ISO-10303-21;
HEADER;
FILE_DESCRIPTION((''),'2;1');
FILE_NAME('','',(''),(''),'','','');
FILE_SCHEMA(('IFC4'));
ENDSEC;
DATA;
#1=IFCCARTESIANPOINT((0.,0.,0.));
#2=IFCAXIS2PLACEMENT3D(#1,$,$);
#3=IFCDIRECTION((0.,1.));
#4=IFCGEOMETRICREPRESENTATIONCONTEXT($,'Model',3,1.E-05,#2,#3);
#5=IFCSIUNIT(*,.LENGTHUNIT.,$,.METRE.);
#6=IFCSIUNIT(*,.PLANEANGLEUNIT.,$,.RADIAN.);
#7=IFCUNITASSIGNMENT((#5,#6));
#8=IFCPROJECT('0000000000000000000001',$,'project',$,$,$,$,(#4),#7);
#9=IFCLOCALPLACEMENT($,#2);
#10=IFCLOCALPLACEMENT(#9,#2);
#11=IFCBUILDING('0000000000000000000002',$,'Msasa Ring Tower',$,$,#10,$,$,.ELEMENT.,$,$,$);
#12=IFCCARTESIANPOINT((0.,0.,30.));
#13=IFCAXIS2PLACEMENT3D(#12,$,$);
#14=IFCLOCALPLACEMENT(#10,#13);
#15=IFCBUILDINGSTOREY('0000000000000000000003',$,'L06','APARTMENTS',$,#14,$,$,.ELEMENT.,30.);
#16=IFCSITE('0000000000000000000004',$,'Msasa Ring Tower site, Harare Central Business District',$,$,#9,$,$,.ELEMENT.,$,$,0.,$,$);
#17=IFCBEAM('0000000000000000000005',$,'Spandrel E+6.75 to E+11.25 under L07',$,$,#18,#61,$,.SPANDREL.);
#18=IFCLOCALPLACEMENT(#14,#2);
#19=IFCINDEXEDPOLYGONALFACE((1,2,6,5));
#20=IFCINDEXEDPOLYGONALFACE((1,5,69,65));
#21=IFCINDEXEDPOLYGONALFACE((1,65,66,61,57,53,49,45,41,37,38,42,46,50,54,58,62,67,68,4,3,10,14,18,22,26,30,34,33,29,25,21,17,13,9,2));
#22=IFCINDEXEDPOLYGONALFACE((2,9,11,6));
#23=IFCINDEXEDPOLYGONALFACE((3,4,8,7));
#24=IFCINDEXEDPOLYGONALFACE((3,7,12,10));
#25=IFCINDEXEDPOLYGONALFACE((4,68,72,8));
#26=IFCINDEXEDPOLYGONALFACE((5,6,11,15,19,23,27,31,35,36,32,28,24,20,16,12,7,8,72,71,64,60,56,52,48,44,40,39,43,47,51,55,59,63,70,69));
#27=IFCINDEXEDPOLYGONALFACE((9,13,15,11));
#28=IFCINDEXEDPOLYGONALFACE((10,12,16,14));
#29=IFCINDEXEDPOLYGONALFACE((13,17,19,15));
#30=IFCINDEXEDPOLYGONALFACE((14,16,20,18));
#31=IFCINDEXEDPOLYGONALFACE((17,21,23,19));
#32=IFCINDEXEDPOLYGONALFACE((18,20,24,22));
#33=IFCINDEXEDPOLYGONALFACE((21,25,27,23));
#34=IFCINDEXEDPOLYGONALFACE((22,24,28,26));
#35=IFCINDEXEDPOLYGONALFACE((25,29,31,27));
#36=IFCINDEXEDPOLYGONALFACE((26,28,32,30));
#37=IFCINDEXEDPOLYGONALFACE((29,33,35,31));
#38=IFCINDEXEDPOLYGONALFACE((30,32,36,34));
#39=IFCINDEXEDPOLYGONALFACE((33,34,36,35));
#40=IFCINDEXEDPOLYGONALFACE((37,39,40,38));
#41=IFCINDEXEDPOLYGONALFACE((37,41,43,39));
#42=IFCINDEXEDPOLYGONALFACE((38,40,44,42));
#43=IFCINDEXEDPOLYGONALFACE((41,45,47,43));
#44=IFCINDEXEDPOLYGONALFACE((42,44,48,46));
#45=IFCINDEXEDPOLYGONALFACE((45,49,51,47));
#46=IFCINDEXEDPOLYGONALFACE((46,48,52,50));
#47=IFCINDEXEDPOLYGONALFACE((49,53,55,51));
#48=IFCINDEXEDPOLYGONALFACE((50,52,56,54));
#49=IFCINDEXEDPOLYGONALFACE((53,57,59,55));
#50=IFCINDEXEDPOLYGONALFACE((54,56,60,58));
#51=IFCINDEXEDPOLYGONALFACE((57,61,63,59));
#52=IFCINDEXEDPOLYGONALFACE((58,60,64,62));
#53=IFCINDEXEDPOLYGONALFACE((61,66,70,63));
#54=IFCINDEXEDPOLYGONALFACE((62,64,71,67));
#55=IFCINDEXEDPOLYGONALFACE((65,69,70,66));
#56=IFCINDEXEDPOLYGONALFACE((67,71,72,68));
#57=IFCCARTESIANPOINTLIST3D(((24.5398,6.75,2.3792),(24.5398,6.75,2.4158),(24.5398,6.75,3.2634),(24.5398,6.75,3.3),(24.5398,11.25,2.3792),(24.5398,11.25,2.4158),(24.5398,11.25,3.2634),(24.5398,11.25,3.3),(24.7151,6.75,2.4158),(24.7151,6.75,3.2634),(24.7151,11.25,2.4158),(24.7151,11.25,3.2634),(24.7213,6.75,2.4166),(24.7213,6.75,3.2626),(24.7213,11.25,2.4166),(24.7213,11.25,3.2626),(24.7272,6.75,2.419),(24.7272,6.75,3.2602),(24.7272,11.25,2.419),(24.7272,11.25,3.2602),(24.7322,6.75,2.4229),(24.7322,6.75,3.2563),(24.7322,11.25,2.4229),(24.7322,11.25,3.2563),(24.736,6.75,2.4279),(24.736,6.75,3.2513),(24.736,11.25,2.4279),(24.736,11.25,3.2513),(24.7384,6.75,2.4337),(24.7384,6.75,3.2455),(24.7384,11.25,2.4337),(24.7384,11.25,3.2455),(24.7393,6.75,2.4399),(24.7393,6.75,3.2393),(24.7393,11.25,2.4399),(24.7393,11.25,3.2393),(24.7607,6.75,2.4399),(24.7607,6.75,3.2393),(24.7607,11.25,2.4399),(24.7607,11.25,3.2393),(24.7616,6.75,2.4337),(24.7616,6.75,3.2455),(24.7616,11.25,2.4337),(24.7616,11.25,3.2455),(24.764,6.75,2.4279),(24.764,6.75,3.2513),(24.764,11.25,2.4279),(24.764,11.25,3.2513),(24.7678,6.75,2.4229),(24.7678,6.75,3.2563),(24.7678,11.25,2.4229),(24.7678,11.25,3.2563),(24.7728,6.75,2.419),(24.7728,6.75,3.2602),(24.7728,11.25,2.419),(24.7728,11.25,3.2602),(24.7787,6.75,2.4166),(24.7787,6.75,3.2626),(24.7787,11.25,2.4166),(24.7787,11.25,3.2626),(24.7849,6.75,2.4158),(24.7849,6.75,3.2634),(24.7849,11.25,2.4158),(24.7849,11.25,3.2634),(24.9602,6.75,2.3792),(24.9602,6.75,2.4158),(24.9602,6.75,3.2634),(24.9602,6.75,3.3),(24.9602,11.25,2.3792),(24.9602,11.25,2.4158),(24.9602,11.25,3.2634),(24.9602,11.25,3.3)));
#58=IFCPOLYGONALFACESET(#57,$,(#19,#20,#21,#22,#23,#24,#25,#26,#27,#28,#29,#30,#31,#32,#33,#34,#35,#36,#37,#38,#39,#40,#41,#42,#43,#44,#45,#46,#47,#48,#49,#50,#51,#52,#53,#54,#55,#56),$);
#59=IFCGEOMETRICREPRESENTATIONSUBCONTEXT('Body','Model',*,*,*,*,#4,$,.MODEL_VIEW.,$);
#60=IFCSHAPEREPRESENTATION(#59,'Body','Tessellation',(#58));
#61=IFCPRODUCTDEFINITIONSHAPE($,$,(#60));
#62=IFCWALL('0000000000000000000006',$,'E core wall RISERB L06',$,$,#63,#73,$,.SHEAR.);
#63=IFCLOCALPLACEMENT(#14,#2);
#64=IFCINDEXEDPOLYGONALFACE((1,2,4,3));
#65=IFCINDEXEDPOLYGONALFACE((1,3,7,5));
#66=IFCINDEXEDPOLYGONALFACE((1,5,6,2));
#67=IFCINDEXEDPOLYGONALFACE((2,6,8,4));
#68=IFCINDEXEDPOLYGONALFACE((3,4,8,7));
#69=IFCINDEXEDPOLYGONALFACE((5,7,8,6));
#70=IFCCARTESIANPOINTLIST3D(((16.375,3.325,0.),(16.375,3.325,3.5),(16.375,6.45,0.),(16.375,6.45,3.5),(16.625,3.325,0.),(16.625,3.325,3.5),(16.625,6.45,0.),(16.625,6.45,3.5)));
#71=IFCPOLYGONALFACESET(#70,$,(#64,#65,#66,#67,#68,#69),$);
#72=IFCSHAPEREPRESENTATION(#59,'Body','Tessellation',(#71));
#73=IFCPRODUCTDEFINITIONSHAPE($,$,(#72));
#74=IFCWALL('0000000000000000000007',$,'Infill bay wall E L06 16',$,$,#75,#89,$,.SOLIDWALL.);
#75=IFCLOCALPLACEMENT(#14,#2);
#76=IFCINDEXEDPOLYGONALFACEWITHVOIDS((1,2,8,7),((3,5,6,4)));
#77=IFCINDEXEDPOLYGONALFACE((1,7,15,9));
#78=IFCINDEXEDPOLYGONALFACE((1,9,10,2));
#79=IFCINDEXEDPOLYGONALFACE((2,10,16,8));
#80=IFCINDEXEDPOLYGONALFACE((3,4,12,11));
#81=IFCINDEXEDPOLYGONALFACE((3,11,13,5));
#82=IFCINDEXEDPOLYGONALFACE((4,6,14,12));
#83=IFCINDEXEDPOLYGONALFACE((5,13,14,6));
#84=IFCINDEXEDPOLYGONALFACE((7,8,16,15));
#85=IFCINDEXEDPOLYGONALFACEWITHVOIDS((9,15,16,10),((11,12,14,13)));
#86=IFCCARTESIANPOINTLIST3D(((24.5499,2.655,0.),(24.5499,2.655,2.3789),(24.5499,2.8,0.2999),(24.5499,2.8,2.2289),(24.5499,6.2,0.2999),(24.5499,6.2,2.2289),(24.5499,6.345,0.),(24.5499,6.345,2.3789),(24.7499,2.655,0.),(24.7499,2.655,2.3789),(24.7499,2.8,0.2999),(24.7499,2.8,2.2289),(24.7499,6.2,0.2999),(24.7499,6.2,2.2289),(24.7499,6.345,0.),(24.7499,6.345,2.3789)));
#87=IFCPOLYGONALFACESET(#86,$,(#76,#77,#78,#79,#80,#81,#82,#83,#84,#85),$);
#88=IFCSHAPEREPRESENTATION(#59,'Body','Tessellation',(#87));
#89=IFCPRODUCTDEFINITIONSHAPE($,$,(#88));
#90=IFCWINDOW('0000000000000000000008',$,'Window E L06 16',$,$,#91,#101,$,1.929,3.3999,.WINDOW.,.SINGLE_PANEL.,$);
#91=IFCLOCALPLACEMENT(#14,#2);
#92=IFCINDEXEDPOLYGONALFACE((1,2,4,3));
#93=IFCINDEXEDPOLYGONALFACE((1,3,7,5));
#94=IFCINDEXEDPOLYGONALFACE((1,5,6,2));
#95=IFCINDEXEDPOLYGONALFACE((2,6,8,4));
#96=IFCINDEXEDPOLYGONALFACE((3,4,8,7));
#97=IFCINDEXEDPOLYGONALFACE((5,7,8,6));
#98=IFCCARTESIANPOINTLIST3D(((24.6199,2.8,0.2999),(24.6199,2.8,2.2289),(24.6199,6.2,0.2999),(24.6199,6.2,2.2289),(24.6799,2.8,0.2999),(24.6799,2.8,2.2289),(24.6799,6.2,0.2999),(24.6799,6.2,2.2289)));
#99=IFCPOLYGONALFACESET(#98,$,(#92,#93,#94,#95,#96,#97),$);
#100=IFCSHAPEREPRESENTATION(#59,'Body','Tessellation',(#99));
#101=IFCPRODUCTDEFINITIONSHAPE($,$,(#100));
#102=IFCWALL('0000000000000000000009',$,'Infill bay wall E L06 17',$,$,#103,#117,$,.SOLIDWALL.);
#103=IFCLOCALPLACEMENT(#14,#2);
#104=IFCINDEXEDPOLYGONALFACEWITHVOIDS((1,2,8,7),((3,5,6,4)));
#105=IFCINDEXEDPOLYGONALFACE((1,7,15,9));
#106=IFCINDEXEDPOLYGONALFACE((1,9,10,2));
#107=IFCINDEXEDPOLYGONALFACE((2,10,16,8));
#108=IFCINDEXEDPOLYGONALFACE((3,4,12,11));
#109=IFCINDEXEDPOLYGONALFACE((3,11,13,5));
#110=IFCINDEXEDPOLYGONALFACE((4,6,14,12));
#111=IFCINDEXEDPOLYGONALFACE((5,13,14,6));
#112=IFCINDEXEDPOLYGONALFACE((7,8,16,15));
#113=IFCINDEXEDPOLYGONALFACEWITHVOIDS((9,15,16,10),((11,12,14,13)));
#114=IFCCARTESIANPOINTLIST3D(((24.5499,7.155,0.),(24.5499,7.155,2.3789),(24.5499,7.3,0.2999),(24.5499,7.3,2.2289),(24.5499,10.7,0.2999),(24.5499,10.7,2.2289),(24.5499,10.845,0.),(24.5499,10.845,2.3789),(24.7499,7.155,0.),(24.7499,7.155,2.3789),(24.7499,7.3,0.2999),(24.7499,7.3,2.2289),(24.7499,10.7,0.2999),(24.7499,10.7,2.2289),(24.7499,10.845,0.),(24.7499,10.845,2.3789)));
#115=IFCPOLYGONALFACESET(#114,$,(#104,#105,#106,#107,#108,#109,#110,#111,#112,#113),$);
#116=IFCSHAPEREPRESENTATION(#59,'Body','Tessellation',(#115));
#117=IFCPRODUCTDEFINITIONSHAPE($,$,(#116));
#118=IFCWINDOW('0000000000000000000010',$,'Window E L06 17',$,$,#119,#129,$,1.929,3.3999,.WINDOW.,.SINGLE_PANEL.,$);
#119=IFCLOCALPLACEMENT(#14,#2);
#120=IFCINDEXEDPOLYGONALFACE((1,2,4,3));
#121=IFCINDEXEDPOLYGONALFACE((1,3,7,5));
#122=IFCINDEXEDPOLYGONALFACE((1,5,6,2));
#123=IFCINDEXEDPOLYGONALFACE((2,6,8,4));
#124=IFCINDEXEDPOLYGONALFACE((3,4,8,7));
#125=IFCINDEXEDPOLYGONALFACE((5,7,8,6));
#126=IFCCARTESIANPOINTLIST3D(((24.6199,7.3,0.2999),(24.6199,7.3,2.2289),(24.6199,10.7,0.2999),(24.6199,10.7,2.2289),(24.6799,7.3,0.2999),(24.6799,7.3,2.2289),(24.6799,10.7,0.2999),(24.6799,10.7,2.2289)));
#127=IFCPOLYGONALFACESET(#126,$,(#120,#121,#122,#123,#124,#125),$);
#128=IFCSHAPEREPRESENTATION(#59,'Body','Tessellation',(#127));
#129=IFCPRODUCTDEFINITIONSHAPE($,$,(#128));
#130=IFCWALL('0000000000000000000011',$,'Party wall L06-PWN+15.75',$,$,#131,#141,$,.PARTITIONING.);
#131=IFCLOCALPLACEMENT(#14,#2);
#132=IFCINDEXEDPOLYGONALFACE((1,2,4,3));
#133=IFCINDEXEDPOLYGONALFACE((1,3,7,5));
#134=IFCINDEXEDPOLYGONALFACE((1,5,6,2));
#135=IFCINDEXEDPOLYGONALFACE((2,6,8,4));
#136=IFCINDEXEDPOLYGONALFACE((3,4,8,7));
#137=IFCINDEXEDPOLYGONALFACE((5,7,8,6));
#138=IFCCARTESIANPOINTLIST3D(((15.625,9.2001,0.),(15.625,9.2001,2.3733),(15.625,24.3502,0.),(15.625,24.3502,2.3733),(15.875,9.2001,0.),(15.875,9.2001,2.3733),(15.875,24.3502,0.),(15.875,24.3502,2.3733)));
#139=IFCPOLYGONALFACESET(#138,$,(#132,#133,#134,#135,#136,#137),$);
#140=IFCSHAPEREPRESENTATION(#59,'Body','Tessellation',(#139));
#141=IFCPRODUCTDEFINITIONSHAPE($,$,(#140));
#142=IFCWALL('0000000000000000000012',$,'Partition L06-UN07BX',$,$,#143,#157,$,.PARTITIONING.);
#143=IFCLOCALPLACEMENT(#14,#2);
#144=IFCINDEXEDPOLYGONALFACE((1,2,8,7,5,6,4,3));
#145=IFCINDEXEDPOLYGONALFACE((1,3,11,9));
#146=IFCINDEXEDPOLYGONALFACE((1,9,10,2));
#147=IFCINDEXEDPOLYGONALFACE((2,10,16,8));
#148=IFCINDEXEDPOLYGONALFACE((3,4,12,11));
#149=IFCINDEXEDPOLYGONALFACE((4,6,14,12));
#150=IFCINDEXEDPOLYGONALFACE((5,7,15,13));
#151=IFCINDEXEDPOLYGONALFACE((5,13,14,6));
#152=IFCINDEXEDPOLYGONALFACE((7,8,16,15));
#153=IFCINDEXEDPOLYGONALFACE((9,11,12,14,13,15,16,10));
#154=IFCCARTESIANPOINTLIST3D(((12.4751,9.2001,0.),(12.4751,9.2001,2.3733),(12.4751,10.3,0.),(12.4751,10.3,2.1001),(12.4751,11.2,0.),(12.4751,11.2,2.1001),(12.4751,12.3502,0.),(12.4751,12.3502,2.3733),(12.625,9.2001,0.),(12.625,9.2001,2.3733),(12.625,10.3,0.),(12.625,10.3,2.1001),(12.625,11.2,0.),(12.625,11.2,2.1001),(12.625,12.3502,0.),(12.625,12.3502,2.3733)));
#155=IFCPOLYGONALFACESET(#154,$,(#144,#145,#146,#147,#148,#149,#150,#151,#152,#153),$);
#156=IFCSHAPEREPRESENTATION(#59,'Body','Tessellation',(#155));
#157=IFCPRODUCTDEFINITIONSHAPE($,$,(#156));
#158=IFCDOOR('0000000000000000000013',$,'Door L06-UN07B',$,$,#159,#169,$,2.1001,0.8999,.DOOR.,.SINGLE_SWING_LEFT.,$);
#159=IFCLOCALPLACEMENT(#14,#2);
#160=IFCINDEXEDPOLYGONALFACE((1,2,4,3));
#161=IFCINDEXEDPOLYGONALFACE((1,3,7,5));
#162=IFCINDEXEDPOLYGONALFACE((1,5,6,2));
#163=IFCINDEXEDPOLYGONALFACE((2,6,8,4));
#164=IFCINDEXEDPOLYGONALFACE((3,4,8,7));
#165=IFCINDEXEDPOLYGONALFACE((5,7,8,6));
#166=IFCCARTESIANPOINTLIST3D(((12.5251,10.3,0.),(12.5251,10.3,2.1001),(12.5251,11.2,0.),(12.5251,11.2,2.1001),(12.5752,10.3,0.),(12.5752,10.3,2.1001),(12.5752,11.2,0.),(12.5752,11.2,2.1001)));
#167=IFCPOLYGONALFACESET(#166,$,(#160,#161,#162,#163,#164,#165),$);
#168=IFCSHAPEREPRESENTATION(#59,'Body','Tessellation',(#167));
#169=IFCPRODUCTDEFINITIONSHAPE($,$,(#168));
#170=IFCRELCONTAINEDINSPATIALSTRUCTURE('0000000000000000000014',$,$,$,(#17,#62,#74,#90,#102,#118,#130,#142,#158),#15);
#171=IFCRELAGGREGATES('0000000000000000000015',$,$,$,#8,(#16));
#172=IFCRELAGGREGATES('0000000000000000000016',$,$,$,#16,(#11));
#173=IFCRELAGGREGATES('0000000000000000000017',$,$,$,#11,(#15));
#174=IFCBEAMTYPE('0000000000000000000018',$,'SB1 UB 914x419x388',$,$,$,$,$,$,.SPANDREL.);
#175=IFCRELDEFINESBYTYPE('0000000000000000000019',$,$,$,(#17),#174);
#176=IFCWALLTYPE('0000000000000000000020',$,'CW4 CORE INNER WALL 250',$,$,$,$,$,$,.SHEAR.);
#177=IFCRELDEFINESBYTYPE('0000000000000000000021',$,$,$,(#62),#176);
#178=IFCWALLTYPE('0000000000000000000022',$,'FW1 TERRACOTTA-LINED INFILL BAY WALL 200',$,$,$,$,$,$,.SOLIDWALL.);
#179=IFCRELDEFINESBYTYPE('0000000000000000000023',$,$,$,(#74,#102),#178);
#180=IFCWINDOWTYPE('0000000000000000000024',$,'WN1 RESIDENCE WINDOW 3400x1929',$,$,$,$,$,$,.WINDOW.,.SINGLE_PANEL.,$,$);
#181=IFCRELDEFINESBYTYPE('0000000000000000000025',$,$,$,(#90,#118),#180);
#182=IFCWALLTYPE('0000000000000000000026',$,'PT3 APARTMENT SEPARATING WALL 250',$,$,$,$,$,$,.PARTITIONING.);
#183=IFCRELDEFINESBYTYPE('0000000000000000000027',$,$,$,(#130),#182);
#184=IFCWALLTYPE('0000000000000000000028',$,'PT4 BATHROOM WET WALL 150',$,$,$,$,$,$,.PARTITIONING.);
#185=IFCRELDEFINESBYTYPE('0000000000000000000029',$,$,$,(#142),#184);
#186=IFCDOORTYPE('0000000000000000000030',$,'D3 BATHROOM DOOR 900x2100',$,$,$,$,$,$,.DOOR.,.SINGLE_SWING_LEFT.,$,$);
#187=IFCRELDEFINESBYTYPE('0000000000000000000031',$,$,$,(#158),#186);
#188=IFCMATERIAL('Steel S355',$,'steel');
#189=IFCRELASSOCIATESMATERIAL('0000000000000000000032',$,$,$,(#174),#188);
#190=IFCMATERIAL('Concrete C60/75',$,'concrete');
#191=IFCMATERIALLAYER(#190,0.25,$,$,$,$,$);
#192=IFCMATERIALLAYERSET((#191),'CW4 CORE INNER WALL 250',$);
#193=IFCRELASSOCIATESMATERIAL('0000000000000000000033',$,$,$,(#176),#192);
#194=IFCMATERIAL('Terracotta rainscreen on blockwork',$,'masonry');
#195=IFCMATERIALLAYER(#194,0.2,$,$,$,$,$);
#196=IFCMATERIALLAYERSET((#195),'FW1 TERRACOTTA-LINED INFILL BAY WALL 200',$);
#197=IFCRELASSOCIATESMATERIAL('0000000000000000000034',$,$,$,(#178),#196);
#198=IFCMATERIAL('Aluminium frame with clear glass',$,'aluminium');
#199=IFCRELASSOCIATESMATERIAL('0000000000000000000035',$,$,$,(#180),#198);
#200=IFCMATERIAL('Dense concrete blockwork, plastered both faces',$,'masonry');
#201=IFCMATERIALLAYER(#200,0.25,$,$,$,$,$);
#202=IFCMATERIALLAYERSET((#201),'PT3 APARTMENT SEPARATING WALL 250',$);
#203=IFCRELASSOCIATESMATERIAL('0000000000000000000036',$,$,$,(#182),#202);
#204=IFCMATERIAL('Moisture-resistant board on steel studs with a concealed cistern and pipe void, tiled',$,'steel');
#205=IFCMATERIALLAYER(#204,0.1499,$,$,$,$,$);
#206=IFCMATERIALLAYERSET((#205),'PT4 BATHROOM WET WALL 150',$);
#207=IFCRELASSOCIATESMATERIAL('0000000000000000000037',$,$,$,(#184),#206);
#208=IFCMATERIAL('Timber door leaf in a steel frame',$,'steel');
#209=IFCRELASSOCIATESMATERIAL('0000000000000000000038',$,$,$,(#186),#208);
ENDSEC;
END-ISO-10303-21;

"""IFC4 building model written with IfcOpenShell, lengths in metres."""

from ifc_helpers import new_model, si_unit, direction, frame, frame_2d, origin, origin_2d, place, context, subcontext, project, spatial, rectangle, i_section, extrude, material, layer, layer_set, material_profile, profile_set, type_object, element, fill, save


model = new_model("IFC4")

# Units and contexts
model_context = context("Model", 3, precision=1e-05, world=origin(), true_north=direction((0.0, 1.0)))
body_context = subcontext(model_context, "Body", "Model", "MODEL_VIEW")
ifc_project = project(units=[si_unit("LENGTHUNIT", "METRE"), si_unit("PLANEANGLEUNIT", "RADIAN")], contexts=[model_context])

# Site, building, storey
site_placement = place(None, origin())
site = spatial("IfcSite", under=ifc_project, at=site_placement, Name="Msasa Ring Tower site, Harare Central Business District", CompositionType="ELEMENT", RefElevation=0.0)
building_placement = place(site_placement, origin())
building = spatial("IfcBuilding", under=site, at=building_placement, Name="Msasa Ring Tower", CompositionType="ELEMENT")
storey_placement = place(building_placement, frame((0.0, 0.0, 30.0)))
storey = spatial("IfcBuildingStorey", under=building, at=storey_placement, Name="L06", Description="APARTMENTS", CompositionType="ELEMENT", Elevation=30.0)

# Beam
ifc_material_1 = material(Name="Steel S355", Category="steel")
ifc_material_profile_1 = material_profile(ifc_material_1, i_section(OverallWidth=0.4204, OverallDepth=0.9209, WebThickness=0.0215, FlangeThickness=0.0366, FilletRadius=0.0242, at=origin_2d()), Name="UB 914x419x388")
ifc_profile_set_1 = profile_set([ifc_material_profile_1], Name="Steel S355")
beam_type_1 = type_object("IfcBeamType", Name="SB1 UB 914x419x388", PredefinedType="SPANDREL", material=ifc_profile_set_1)
for number, where, z_axis, x_axis, name in (
    (1, (24.75, 6.75, 2.8396), (0.0, 1.0, 0.0), (-1.0, 0.0, 0.0), "Spandrel E+6.75 to E+11.25 under L07"),
):
    element("IfcBeam", number, at=place(storey_placement, frame(where, z_axis=z_axis, x_axis=x_axis)), inside=storey, type_object=beam_type_1, Name=name, PredefinedType="SPANDREL", context=body_context, shape_type="SweptSolid", body=[
        extrude(i_section(OverallWidth=0.4204, OverallDepth=0.9209, WebThickness=0.0215, FlangeThickness=0.0366, FilletRadius=0.0242, at=origin_2d()), origin(), (0.0, 0.0, 1.0), 4.5),
    ])

# Wall
ifc_material_2 = material(Name="Concrete C60/75", Category="concrete")
ifc_layer_1 = layer(ifc_material_2, 0.25)
ifc_layer_set_1 = layer_set([ifc_layer_1], Name="CW4 CORE INNER WALL 250")
wall_type_1 = type_object("IfcWallType", Name="CW4 CORE INNER WALL 250", PredefinedType="SHEAR", material=ifc_layer_set_1)
wall_1_placement = place(storey_placement, frame((16.5, 3.325, 0.0), z_axis=(0.0, 0.0, 1.0), x_axis=(0.0, 1.0, 0.0)))
element("IfcWall", 2, at=wall_1_placement, inside=storey, type_object=wall_type_1, Name="E core wall RISERB L06", PredefinedType="SHEAR", context=body_context, shape_type="SweptSolid", body=[
    extrude(rectangle(XDim=3.125, YDim=0.25, at=frame_2d((1.5625, 0.0))), origin(), (0.0, 0.0, 1.0), 3.5),
])

# Walls, openings, windows
ifc_material_3 = material(Name="Terracotta rainscreen on blockwork", Category="masonry")
ifc_layer_2 = layer(ifc_material_3, 0.2)
ifc_layer_set_2 = layer_set([ifc_layer_2], Name="FW1 TERRACOTTA-LINED INFILL BAY WALL 200")
wall_type_2 = type_object("IfcWallType", Name="FW1 TERRACOTTA-LINED INFILL BAY WALL 200", PredefinedType="SOLIDWALL", material=ifc_layer_set_2)
wall_2_placement = place(storey_placement, frame((24.6499, 2.655, 0.0), z_axis=(0.0, 0.0, 1.0), x_axis=(0.0, 1.0, 0.0)))
wall_2 = element("IfcWall", 3, at=wall_2_placement, inside=storey, type_object=wall_type_2, Name="Infill bay wall E L06 16", PredefinedType="SOLIDWALL", context=body_context, shape_type="SweptSolid", body=[
    extrude(rectangle(XDim=3.6899, YDim=0.2, at=frame_2d((1.845, 0.0))), origin(), (0.0, 0.0, 1.0), 2.3789),
])
opening_1_placement = place(wall_2_placement, frame((0.145, 0.0, 0.3)))
opening_1 = element("IfcOpeningElement", 4, at=opening_1_placement, cuts=wall_2, PredefinedType="OPENING", context=body_context, shape_type="SweptSolid", body=[
    extrude(rectangle(XDim=3.3999, YDim=1.929, at=frame_2d((1.7, 0.9644))), frame((0.0, 0.1099, 0.0), z_axis=(0.0, -1.0, 0.0), x_axis=(1.0, 0.0, 0.0)), (0.0, 0.0, 1.0), 0.22),
])
ifc_material_4 = material(Name="Aluminium frame with clear glass", Category="aluminium")
window_type = type_object("IfcWindowType", Name="WN1 RESIDENCE WINDOW 3400x1929", PartitioningType="SINGLE_PANEL", PredefinedType="WINDOW", material=ifc_material_4)
window_1_placement = place(opening_1_placement, origin())
window_1 = element("IfcWindow", 5, at=window_1_placement, inside=storey, type_object=window_type, Name="Window E L06 16", OverallHeight=1.929, OverallWidth=3.3999, PartitioningType="SINGLE_PANEL", PredefinedType="WINDOW", context=body_context, shape_type="SweptSolid", body=[
    extrude(rectangle(XDim=3.3999, YDim=1.929, at=frame_2d((1.7, 0.9644))), frame((0.0, 0.03, 0.0), z_axis=(0.0, -1.0, 0.0), x_axis=(1.0, 0.0, 0.0)), (0.0, 0.0, 1.0), 0.0601),
])
fill(opening_1, window_1)
wall_3_placement = place(storey_placement, frame((24.6499, 7.155, 0.0), z_axis=(0.0, 0.0, 1.0), x_axis=(0.0, 1.0, 0.0)))
wall_3 = element("IfcWall", 6, at=wall_3_placement, inside=storey, type_object=wall_type_2, Name="Infill bay wall E L06 17", PredefinedType="SOLIDWALL", context=body_context, shape_type="SweptSolid", body=[
    extrude(rectangle(XDim=3.6899, YDim=0.2, at=frame_2d((1.845, 0.0))), origin(), (0.0, 0.0, 1.0), 2.3789),
])
opening_2_placement = place(wall_3_placement, frame((0.145, 0.0, 0.3)))
opening_2 = element("IfcOpeningElement", 7, at=opening_2_placement, cuts=wall_3, PredefinedType="OPENING", context=body_context, shape_type="SweptSolid", body=[
    extrude(rectangle(XDim=3.3999, YDim=1.929, at=frame_2d((1.7, 0.9644))), frame((0.0, 0.1099, 0.0), z_axis=(0.0, -1.0, 0.0), x_axis=(1.0, 0.0, 0.0)), (0.0, 0.0, 1.0), 0.22),
])
window_2_placement = place(opening_2_placement, origin())
window_2 = element("IfcWindow", 8, at=window_2_placement, inside=storey, type_object=window_type, Name="Window E L06 17", OverallHeight=1.929, OverallWidth=3.3999, PartitioningType="SINGLE_PANEL", PredefinedType="WINDOW", context=body_context, shape_type="SweptSolid", body=[
    extrude(rectangle(XDim=3.3999, YDim=1.929, at=frame_2d((1.7, 0.9644))), frame((0.0, 0.03, 0.0), z_axis=(0.0, -1.0, 0.0), x_axis=(1.0, 0.0, 0.0)), (0.0, 0.0, 1.0), 0.0601),
])
fill(opening_2, window_2)

# Wall
ifc_material_5 = material(Name="Dense concrete blockwork, plastered both faces", Category="masonry")
ifc_layer_3 = layer(ifc_material_5, 0.25)
ifc_layer_set_3 = layer_set([ifc_layer_3], Name="PT3 APARTMENT SEPARATING WALL 250")
wall_type_3 = type_object("IfcWallType", Name="PT3 APARTMENT SEPARATING WALL 250", PredefinedType="PARTITIONING", material=ifc_layer_set_3)
wall_4_placement = place(storey_placement, frame((15.75, 9.2, 0.0), z_axis=(0.0, 0.0, 1.0), x_axis=(0.0, 1.0, 0.0)))
element("IfcWall", 9, at=wall_4_placement, inside=storey, type_object=wall_type_3, Name="Party wall L06-PWN+15.75", PredefinedType="PARTITIONING", context=body_context, shape_type="SweptSolid", body=[
    extrude(rectangle(XDim=15.1501, YDim=0.25, at=frame_2d((7.5752, 0.0))), origin(), (0.0, 0.0, 1.0), 2.3733),
])

# Wall, opening, door
ifc_material_6 = material(Name="Moisture-resistant board on steel studs with a concealed cistern and pipe void, tiled", Category="steel")
ifc_layer_4 = layer(ifc_material_6, 0.1499)
ifc_layer_set_4 = layer_set([ifc_layer_4], Name="PT4 BATHROOM WET WALL 150")
wall_type_4 = type_object("IfcWallType", Name="PT4 BATHROOM WET WALL 150", PredefinedType="PARTITIONING", material=ifc_layer_set_4)
wall_5_placement = place(storey_placement, frame((12.55, 9.2, 0.0), z_axis=(0.0, 0.0, 1.0), x_axis=(0.0, 1.0, 0.0)))
wall_5 = element("IfcWall", 10, at=wall_5_placement, inside=storey, type_object=wall_type_4, Name="Partition L06-UN07BX", PredefinedType="PARTITIONING", context=body_context, shape_type="SweptSolid", body=[
    extrude(rectangle(XDim=3.1501, YDim=0.1499, at=frame_2d((1.5752, 0.0))), origin(), (0.0, 0.0, 1.0), 2.3733),
])
opening_3_placement = place(wall_5_placement, frame((1.1001, 0.0, 0.0)))
opening_3 = element("IfcOpeningElement", 11, at=opening_3_placement, cuts=wall_5, PredefinedType="OPENING", context=body_context, shape_type="SweptSolid", body=[
    extrude(rectangle(XDim=0.8999, YDim=2.1001, at=frame_2d((0.45, 1.05))), frame((0.0, 0.085, 0.0), z_axis=(0.0, -1.0, 0.0), x_axis=(1.0, 0.0, 0.0)), (0.0, 0.0, 1.0), 0.1699),
])
ifc_material_7 = material(Name="Timber door leaf in a steel frame", Category="steel")
door_type = type_object("IfcDoorType", Name="D3 BATHROOM DOOR 900x2100", OperationType="SINGLE_SWING_LEFT", PredefinedType="DOOR", material=ifc_material_7)
door_1_placement = place(opening_3_placement, origin())
door_1 = element("IfcDoor", 12, at=door_1_placement, inside=storey, type_object=door_type, Name="Door L06-UN07B", OperationType="SINGLE_SWING_LEFT", OverallHeight=2.1001, OverallWidth=0.8999, PredefinedType="DOOR", context=body_context, shape_type="SweptSolid", body=[
    extrude(rectangle(XDim=0.8999, YDim=2.1001, at=frame_2d((0.45, 1.05))), frame((0.0, 0.0249, 0.0), z_axis=(0.0, -1.0, 0.0), x_axis=(1.0, 0.0, 0.0)), (0.0, 0.0, 1.0), 0.05),
])
fill(opening_3, door_1)

save(model, "model.ifc")
